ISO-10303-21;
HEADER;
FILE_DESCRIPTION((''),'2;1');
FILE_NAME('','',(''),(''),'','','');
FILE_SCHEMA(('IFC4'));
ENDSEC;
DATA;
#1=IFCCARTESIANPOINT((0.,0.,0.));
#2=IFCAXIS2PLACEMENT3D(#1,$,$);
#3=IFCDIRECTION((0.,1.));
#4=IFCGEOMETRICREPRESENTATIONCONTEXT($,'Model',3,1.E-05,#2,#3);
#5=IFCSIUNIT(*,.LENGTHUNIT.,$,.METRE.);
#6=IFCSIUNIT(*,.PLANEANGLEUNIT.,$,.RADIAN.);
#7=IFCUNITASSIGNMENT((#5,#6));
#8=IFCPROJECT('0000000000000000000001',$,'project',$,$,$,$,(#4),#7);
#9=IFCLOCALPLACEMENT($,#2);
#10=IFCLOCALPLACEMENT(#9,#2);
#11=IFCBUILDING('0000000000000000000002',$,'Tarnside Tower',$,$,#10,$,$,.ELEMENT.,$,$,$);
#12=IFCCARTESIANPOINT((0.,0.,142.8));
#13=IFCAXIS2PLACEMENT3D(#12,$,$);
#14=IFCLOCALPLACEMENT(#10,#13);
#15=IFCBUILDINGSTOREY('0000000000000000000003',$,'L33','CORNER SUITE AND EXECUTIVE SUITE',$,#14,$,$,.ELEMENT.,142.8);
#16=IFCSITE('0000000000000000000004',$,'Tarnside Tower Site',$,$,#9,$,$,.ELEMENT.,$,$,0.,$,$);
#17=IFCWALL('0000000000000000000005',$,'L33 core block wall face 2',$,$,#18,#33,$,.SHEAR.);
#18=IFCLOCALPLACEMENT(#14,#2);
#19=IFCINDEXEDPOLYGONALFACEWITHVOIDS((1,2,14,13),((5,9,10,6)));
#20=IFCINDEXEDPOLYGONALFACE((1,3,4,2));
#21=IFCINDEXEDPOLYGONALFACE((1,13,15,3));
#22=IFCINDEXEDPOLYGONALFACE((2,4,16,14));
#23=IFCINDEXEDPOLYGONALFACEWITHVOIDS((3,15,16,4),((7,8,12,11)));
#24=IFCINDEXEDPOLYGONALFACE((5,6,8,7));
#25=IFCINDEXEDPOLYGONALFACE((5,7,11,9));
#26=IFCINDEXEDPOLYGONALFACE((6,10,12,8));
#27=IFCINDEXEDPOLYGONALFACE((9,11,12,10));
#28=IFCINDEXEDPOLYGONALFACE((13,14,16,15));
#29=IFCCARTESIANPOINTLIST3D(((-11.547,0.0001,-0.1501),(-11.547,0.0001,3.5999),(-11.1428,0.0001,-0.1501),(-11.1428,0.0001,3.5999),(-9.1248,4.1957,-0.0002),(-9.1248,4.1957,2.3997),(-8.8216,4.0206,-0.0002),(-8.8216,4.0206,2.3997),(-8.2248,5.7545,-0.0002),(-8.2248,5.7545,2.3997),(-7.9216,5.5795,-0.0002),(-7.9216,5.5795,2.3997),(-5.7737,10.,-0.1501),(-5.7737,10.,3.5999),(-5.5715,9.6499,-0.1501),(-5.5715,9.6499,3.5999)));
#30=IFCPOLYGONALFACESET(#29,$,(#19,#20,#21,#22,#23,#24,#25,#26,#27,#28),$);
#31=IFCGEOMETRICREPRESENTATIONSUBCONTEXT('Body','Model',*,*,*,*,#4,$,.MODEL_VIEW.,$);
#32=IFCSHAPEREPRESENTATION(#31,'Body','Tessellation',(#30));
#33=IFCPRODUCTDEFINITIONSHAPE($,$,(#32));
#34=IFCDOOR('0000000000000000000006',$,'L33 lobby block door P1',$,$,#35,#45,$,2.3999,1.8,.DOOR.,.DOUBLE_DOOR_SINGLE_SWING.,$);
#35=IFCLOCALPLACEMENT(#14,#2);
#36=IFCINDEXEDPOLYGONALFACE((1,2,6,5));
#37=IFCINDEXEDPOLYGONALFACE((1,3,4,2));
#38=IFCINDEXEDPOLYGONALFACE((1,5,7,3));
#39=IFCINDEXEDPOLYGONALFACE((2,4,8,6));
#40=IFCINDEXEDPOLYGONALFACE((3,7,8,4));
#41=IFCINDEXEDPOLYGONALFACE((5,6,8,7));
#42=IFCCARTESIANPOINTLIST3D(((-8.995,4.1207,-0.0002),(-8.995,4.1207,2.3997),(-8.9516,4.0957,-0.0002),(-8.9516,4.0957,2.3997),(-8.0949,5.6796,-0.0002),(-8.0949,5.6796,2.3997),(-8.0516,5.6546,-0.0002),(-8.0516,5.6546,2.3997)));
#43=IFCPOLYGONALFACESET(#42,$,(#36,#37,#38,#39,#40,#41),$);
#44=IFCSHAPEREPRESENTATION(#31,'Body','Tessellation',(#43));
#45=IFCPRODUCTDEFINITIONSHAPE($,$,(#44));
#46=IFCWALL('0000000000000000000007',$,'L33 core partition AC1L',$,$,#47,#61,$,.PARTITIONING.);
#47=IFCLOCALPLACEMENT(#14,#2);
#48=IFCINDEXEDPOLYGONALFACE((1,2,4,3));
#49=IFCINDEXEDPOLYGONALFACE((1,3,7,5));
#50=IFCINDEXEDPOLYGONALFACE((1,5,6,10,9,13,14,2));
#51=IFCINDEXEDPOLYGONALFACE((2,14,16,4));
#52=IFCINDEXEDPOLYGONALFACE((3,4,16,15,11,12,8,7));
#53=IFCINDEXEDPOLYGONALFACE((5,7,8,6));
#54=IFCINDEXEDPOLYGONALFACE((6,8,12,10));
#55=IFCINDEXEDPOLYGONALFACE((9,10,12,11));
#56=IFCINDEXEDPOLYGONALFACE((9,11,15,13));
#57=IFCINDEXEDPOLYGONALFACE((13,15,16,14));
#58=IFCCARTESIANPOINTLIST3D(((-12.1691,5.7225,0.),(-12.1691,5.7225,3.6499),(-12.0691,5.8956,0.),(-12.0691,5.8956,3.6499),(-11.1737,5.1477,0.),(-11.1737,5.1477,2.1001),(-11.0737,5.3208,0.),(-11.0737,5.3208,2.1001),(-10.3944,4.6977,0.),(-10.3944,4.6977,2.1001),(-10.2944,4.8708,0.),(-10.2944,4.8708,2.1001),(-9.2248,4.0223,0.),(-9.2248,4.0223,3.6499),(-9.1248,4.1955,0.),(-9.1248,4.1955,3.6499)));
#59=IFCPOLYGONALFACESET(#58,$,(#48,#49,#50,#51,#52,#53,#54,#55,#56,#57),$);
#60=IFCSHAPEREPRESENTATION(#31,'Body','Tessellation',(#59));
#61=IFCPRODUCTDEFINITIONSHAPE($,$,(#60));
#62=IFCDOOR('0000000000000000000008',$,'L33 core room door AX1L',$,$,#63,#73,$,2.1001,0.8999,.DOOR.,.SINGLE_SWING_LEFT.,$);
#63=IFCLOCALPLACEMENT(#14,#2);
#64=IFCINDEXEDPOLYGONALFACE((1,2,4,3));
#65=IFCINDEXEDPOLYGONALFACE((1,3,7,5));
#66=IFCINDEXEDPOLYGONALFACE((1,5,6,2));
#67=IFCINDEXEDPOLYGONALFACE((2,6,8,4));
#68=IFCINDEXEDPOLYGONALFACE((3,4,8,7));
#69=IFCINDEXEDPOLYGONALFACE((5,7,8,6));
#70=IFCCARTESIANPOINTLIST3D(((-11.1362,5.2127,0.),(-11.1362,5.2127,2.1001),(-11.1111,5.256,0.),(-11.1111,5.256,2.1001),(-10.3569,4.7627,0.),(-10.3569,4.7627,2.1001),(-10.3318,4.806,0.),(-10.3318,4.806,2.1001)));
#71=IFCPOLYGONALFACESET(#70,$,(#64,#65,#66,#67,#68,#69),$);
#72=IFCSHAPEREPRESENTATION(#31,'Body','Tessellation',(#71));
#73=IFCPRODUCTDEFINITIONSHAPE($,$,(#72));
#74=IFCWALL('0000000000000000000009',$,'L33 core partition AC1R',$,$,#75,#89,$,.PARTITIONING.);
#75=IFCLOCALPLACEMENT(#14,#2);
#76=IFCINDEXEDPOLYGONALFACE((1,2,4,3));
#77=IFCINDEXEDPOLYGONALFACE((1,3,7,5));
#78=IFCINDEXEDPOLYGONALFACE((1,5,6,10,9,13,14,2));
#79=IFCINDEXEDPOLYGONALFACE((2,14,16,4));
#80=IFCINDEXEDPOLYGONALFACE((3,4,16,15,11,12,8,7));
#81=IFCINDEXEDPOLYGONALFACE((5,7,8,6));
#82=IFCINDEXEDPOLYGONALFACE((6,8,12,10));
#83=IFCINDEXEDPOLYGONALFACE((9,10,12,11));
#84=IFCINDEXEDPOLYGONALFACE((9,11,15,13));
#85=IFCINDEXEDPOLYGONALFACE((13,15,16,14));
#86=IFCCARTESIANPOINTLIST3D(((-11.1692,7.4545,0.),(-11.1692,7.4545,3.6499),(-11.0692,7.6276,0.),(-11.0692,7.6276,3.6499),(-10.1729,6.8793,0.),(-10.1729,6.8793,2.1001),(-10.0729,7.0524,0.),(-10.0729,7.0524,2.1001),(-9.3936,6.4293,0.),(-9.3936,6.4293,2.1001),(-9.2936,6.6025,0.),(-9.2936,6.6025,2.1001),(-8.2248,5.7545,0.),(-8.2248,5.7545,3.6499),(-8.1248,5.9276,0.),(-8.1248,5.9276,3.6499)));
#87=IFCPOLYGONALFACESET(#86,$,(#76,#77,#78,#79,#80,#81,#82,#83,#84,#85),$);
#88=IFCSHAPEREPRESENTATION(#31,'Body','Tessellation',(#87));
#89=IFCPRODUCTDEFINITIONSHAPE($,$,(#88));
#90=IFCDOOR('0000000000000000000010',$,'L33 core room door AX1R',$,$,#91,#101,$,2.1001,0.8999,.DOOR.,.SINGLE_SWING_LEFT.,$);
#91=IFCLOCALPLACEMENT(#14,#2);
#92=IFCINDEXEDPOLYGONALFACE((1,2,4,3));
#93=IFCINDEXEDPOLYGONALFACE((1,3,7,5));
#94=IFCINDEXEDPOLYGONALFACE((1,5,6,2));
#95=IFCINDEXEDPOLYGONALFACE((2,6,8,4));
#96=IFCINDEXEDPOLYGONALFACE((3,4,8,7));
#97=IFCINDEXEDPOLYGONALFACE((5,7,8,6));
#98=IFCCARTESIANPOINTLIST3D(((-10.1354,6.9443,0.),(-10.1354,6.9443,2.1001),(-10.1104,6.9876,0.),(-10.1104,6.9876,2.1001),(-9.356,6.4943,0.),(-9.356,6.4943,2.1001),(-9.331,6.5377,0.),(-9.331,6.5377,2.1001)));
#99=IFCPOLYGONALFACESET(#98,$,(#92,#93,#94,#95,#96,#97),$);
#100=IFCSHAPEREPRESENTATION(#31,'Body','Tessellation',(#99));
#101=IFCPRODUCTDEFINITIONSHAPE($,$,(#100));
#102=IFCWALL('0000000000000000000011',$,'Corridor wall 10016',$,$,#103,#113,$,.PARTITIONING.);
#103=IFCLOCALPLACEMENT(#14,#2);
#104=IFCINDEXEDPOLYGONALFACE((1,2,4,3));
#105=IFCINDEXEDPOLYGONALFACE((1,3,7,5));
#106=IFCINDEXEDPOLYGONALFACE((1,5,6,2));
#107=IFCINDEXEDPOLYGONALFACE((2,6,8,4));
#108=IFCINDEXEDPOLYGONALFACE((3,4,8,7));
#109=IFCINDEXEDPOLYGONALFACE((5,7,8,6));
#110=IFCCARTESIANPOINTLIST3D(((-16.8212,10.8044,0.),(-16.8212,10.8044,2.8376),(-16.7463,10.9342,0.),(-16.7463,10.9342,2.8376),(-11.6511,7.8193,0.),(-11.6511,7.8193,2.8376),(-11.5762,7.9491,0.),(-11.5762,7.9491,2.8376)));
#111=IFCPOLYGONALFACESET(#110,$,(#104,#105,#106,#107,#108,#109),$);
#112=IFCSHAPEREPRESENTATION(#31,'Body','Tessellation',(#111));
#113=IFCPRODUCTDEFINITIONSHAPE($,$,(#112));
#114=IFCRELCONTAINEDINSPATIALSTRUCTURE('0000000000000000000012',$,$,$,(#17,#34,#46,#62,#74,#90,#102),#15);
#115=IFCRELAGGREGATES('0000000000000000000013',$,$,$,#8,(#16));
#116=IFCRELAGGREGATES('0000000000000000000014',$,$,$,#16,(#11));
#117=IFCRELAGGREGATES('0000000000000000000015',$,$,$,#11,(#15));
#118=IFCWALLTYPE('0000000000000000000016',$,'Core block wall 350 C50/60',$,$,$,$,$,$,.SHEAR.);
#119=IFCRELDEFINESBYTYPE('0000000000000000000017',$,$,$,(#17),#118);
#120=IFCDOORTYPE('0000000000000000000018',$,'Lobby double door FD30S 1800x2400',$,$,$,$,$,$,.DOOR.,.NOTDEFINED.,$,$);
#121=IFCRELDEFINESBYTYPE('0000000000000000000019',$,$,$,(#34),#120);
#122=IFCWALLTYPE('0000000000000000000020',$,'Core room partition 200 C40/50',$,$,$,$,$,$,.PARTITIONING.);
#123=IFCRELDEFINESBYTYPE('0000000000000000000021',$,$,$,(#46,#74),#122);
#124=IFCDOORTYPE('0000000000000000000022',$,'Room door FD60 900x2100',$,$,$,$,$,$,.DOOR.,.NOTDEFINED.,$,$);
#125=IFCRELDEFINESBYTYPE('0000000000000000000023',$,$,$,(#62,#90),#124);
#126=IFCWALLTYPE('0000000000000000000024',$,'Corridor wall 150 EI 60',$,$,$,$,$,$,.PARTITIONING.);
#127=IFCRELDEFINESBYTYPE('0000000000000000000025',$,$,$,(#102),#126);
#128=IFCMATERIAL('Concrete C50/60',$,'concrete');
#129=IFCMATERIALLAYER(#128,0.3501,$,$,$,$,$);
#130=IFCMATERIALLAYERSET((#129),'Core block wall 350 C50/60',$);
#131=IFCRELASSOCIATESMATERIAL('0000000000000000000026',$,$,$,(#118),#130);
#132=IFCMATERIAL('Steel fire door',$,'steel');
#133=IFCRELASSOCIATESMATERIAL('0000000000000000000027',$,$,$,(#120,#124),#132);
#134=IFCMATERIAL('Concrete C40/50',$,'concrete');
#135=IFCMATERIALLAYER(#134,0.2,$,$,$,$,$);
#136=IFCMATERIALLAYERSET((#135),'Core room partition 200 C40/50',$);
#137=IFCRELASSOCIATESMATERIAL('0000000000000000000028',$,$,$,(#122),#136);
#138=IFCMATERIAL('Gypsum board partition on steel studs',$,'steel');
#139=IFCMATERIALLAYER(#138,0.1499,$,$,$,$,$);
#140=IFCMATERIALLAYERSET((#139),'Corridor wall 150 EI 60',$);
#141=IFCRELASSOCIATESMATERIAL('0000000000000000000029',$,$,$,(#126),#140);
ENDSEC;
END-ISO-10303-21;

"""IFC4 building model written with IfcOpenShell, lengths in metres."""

from ifc_helpers import new_model, si_unit, direction, frame, frame_2d, origin, place, context, subcontext, project, spatial, polyline, rectangle, outline, extrude, material, layer, layer_set, type_object, element, fill, save


model = new_model("IFC4")

# Units and contexts
model_context = context("Model", 3, precision=1e-05, world=origin(), true_north=direction((0.0, 1.0)))
body_context = subcontext(model_context, "Body", "Model", "MODEL_VIEW")
ifc_project = project(units=[si_unit("LENGTHUNIT", "METRE"), si_unit("PLANEANGLEUNIT", "RADIAN")], contexts=[model_context])

# Site, building, storey
site_placement = place(None, origin())
site = spatial("IfcSite", under=ifc_project, at=site_placement, Name="Tarnside Tower Site", CompositionType="ELEMENT", RefElevation=0.0)
building_placement = place(site_placement, origin())
building = spatial("IfcBuilding", under=site, at=building_placement, Name="Tarnside Tower", CompositionType="ELEMENT")
storey_placement = place(building_placement, frame((0.0, 0.0, 142.8)))
storey = spatial("IfcBuildingStorey", under=building, at=storey_placement, Name="L33", Description="CORNER SUITE AND EXECUTIVE SUITE", CompositionType="ELEMENT", Elevation=142.8)

# Walls, openings, doors
ifc_material_1 = material(Name="Concrete C50/60", Category="concrete")
ifc_layer_1 = layer(ifc_material_1, 0.3501)
ifc_layer_set_1 = layer_set([ifc_layer_1], Name="Core block wall 350 C50/60")
wall_type_1 = type_object("IfcWallType", Name="Core block wall 350 C50/60", PredefinedType="SHEAR", material=ifc_layer_set_1)
wall_1_placement = place(storey_placement, frame((-5.6726, 9.825, -0.1501), z_axis=(0.0, 0.0, 1.0), x_axis=(-0.499995, -0.866028, 0.0)))
wall_1 = element("IfcWall", 1, at=wall_1_placement, inside=storey, type_object=wall_type_1, Name="L33 core block wall face 2", PredefinedType="SHEAR", context=body_context, shape_type="SweptSolid", body=[
    extrude(outline(polyline([(-0.1011, -0.175), (11.4458, -0.175), (11.2437, 0.175), (0.1011, 0.175), (-0.1011, -0.175)])), origin(), (0.0, 0.0, 1.0), 3.75),
])
opening_1_placement = place(wall_1_placement, frame((4.8013, 0.0, 0.1499)))
opening_1 = element("IfcOpeningElement", 2, at=opening_1_placement, cuts=wall_1, PredefinedType="OPENING", context=body_context, shape_type="SweptSolid", body=[
    extrude(rectangle(XDim=1.8, YDim=2.3999, at=frame_2d((0.8999, 1.2))), frame((0.0, 0.1851, 0.0), z_axis=(0.0, -1.0, 0.0), x_axis=(1.0, 0.0, 0.0)), (0.0, 0.0, 1.0), 0.3701),
])
ifc_material_2 = material(Name="Steel fire door", Category="steel")
door_type_1 = type_object("IfcDoorType", Name="Lobby double door FD30S 1800x2400", OperationType="NOTDEFINED", PredefinedType="DOOR", material=ifc_material_2)
door_1_placement = place(opening_1_placement, origin())
door_1 = element("IfcDoor", 3, at=door_1_placement, inside=storey, type_object=door_type_1, Name="L33 lobby block door P1", OperationType="DOUBLE_DOOR_SINGLE_SWING", OverallHeight=2.3999, OverallWidth=1.8, PredefinedType="DOOR", context=body_context, shape_type="SweptSolid", body=[
    extrude(rectangle(XDim=1.8, YDim=2.3999, at=frame_2d((0.8999, 1.2))), frame((0.0, 0.0249, 0.0), z_axis=(0.0, -1.0, 0.0), x_axis=(1.0, 0.0, 0.0)), (0.0, 0.0, 1.0), 0.05),
])
fill(opening_1, door_1)
ifc_material_3 = material(Name="Concrete C40/50", Category="concrete")
ifc_layer_2 = layer(ifc_material_3, 0.2)
ifc_layer_set_2 = layer_set([ifc_layer_2], Name="Core room partition 200 C40/50")
wall_type_2 = type_object("IfcWallType", Name="Core room partition 200 C40/50", PredefinedType="PARTITIONING", material=ifc_layer_set_2)
wall_2_placement = place(storey_placement, frame((-9.1748, 4.1089, 0.0), z_axis=(0.0, 0.0, 1.0), x_axis=(-0.865989, 0.500062, 0.0)))
wall_2 = element("IfcWall", 4, at=wall_2_placement, inside=storey, type_object=wall_type_2, Name="L33 core partition AC1L", PredefinedType="PARTITIONING", context=body_context, shape_type="SweptSolid", body=[
    extrude(rectangle(XDim=3.3999, YDim=0.2, at=frame_2d((1.7, 0.0))), origin(), (0.0, 0.0, 1.0), 3.6499),
])
opening_2_placement = place(wall_2_placement, frame((1.3506, 0.0, 0.0)))
opening_2 = element("IfcOpeningElement", 5, at=opening_2_placement, cuts=wall_2, PredefinedType="OPENING", context=body_context, shape_type="SweptSolid", body=[
    extrude(rectangle(XDim=0.8999, YDim=2.1001, at=frame_2d((0.45, 1.05))), frame((0.0, 0.1099, 0.0), z_axis=(0.0, -1.0, 0.0), x_axis=(1.0, 0.0, 0.0)), (0.0, 0.0, 1.0), 0.22),
])
door_type_2 = type_object("IfcDoorType", Name="Room door FD60 900x2100", OperationType="NOTDEFINED", PredefinedType="DOOR", material=ifc_material_2)
door_2_placement = place(opening_2_placement, origin())
door_2 = element("IfcDoor", 6, at=door_2_placement, inside=storey, type_object=door_type_2, Name="L33 core room door AX1L", OperationType="SINGLE_SWING_LEFT", OverallHeight=2.1001, OverallWidth=0.8999, PredefinedType="DOOR", context=body_context, shape_type="SweptSolid", body=[
    extrude(rectangle(XDim=0.8999, YDim=2.1001, at=frame_2d((0.45, 1.05))), frame((0.0, 0.0249, 0.0), z_axis=(0.0, -1.0, 0.0), x_axis=(1.0, 0.0, 0.0)), (0.0, 0.0, 1.0), 0.05),
])
fill(opening_2, door_2)
wall_3_placement = place(storey_placement, frame((-8.1748, 5.8411, 0.0), z_axis=(0.0, 0.0, 1.0), x_axis=(-0.866021, 0.500008, 0.0)))
wall_3 = element("IfcWall", 7, at=wall_3_placement, inside=storey, type_object=wall_type_2, Name="L33 core partition AC1R", PredefinedType="PARTITIONING", context=body_context, shape_type="SweptSolid", body=[
    extrude(rectangle(XDim=3.3999, YDim=0.2, at=frame_2d((1.7, 0.0))), origin(), (0.0, 0.0, 1.0), 3.6499),
])
opening_3_placement = place(wall_3_placement, frame((1.3496, 0.0, 0.0)))
opening_3 = element("IfcOpeningElement", 8, at=opening_3_placement, cuts=wall_3, PredefinedType="OPENING", context=body_context, shape_type="SweptSolid", body=[
    extrude(rectangle(XDim=0.8999, YDim=2.1001, at=frame_2d((0.45, 1.05))), frame((0.0, 0.1099, 0.0), z_axis=(0.0, -1.0, 0.0), x_axis=(1.0, 0.0, 0.0)), (0.0, 0.0, 1.0), 0.22),
])
door_3_placement = place(opening_3_placement, origin())
door_3 = element("IfcDoor", 9, at=door_3_placement, inside=storey, type_object=door_type_2, Name="L33 core room door AX1R", OperationType="SINGLE_SWING_LEFT", OverallHeight=2.1001, OverallWidth=0.8999, PredefinedType="DOOR", context=body_context, shape_type="SweptSolid", body=[
    extrude(rectangle(XDim=0.8999, YDim=2.1001, at=frame_2d((0.45, 1.05))), frame((0.0, 0.0249, 0.0), z_axis=(0.0, -1.0, 0.0), x_axis=(1.0, 0.0, 0.0)), (0.0, 0.0, 1.0), 0.05),
])
fill(opening_3, door_3)

# Wall
ifc_material_4 = material(Name="Gypsum board partition on steel studs", Category="steel")
ifc_layer_3 = layer(ifc_material_4, 0.1499)
ifc_layer_set_3 = layer_set([ifc_layer_3], Name="Corridor wall 150 EI 60")
wall_type_3 = type_object("IfcWallType", Name="Corridor wall 150 EI 60", PredefinedType="PARTITIONING", material=ifc_layer_set_3)
wall_4_placement = place(storey_placement, frame((-11.6138, 7.8843, 0.0), z_axis=(0.0, 0.0, 1.0), x_axis=(-0.866017, 0.500014, 0.0)))
element("IfcWall", 10, at=wall_4_placement, inside=storey, type_object=wall_type_3, Name="Corridor wall 10016", PredefinedType="PARTITIONING", context=body_context, shape_type="SweptSolid", body=[
    extrude(rectangle(XDim=5.97, YDim=0.1499, at=frame_2d((2.9849, 0.0))), origin(), (0.0, 0.0, 1.0), 2.8376),
])

save(model, "model.ifc")
